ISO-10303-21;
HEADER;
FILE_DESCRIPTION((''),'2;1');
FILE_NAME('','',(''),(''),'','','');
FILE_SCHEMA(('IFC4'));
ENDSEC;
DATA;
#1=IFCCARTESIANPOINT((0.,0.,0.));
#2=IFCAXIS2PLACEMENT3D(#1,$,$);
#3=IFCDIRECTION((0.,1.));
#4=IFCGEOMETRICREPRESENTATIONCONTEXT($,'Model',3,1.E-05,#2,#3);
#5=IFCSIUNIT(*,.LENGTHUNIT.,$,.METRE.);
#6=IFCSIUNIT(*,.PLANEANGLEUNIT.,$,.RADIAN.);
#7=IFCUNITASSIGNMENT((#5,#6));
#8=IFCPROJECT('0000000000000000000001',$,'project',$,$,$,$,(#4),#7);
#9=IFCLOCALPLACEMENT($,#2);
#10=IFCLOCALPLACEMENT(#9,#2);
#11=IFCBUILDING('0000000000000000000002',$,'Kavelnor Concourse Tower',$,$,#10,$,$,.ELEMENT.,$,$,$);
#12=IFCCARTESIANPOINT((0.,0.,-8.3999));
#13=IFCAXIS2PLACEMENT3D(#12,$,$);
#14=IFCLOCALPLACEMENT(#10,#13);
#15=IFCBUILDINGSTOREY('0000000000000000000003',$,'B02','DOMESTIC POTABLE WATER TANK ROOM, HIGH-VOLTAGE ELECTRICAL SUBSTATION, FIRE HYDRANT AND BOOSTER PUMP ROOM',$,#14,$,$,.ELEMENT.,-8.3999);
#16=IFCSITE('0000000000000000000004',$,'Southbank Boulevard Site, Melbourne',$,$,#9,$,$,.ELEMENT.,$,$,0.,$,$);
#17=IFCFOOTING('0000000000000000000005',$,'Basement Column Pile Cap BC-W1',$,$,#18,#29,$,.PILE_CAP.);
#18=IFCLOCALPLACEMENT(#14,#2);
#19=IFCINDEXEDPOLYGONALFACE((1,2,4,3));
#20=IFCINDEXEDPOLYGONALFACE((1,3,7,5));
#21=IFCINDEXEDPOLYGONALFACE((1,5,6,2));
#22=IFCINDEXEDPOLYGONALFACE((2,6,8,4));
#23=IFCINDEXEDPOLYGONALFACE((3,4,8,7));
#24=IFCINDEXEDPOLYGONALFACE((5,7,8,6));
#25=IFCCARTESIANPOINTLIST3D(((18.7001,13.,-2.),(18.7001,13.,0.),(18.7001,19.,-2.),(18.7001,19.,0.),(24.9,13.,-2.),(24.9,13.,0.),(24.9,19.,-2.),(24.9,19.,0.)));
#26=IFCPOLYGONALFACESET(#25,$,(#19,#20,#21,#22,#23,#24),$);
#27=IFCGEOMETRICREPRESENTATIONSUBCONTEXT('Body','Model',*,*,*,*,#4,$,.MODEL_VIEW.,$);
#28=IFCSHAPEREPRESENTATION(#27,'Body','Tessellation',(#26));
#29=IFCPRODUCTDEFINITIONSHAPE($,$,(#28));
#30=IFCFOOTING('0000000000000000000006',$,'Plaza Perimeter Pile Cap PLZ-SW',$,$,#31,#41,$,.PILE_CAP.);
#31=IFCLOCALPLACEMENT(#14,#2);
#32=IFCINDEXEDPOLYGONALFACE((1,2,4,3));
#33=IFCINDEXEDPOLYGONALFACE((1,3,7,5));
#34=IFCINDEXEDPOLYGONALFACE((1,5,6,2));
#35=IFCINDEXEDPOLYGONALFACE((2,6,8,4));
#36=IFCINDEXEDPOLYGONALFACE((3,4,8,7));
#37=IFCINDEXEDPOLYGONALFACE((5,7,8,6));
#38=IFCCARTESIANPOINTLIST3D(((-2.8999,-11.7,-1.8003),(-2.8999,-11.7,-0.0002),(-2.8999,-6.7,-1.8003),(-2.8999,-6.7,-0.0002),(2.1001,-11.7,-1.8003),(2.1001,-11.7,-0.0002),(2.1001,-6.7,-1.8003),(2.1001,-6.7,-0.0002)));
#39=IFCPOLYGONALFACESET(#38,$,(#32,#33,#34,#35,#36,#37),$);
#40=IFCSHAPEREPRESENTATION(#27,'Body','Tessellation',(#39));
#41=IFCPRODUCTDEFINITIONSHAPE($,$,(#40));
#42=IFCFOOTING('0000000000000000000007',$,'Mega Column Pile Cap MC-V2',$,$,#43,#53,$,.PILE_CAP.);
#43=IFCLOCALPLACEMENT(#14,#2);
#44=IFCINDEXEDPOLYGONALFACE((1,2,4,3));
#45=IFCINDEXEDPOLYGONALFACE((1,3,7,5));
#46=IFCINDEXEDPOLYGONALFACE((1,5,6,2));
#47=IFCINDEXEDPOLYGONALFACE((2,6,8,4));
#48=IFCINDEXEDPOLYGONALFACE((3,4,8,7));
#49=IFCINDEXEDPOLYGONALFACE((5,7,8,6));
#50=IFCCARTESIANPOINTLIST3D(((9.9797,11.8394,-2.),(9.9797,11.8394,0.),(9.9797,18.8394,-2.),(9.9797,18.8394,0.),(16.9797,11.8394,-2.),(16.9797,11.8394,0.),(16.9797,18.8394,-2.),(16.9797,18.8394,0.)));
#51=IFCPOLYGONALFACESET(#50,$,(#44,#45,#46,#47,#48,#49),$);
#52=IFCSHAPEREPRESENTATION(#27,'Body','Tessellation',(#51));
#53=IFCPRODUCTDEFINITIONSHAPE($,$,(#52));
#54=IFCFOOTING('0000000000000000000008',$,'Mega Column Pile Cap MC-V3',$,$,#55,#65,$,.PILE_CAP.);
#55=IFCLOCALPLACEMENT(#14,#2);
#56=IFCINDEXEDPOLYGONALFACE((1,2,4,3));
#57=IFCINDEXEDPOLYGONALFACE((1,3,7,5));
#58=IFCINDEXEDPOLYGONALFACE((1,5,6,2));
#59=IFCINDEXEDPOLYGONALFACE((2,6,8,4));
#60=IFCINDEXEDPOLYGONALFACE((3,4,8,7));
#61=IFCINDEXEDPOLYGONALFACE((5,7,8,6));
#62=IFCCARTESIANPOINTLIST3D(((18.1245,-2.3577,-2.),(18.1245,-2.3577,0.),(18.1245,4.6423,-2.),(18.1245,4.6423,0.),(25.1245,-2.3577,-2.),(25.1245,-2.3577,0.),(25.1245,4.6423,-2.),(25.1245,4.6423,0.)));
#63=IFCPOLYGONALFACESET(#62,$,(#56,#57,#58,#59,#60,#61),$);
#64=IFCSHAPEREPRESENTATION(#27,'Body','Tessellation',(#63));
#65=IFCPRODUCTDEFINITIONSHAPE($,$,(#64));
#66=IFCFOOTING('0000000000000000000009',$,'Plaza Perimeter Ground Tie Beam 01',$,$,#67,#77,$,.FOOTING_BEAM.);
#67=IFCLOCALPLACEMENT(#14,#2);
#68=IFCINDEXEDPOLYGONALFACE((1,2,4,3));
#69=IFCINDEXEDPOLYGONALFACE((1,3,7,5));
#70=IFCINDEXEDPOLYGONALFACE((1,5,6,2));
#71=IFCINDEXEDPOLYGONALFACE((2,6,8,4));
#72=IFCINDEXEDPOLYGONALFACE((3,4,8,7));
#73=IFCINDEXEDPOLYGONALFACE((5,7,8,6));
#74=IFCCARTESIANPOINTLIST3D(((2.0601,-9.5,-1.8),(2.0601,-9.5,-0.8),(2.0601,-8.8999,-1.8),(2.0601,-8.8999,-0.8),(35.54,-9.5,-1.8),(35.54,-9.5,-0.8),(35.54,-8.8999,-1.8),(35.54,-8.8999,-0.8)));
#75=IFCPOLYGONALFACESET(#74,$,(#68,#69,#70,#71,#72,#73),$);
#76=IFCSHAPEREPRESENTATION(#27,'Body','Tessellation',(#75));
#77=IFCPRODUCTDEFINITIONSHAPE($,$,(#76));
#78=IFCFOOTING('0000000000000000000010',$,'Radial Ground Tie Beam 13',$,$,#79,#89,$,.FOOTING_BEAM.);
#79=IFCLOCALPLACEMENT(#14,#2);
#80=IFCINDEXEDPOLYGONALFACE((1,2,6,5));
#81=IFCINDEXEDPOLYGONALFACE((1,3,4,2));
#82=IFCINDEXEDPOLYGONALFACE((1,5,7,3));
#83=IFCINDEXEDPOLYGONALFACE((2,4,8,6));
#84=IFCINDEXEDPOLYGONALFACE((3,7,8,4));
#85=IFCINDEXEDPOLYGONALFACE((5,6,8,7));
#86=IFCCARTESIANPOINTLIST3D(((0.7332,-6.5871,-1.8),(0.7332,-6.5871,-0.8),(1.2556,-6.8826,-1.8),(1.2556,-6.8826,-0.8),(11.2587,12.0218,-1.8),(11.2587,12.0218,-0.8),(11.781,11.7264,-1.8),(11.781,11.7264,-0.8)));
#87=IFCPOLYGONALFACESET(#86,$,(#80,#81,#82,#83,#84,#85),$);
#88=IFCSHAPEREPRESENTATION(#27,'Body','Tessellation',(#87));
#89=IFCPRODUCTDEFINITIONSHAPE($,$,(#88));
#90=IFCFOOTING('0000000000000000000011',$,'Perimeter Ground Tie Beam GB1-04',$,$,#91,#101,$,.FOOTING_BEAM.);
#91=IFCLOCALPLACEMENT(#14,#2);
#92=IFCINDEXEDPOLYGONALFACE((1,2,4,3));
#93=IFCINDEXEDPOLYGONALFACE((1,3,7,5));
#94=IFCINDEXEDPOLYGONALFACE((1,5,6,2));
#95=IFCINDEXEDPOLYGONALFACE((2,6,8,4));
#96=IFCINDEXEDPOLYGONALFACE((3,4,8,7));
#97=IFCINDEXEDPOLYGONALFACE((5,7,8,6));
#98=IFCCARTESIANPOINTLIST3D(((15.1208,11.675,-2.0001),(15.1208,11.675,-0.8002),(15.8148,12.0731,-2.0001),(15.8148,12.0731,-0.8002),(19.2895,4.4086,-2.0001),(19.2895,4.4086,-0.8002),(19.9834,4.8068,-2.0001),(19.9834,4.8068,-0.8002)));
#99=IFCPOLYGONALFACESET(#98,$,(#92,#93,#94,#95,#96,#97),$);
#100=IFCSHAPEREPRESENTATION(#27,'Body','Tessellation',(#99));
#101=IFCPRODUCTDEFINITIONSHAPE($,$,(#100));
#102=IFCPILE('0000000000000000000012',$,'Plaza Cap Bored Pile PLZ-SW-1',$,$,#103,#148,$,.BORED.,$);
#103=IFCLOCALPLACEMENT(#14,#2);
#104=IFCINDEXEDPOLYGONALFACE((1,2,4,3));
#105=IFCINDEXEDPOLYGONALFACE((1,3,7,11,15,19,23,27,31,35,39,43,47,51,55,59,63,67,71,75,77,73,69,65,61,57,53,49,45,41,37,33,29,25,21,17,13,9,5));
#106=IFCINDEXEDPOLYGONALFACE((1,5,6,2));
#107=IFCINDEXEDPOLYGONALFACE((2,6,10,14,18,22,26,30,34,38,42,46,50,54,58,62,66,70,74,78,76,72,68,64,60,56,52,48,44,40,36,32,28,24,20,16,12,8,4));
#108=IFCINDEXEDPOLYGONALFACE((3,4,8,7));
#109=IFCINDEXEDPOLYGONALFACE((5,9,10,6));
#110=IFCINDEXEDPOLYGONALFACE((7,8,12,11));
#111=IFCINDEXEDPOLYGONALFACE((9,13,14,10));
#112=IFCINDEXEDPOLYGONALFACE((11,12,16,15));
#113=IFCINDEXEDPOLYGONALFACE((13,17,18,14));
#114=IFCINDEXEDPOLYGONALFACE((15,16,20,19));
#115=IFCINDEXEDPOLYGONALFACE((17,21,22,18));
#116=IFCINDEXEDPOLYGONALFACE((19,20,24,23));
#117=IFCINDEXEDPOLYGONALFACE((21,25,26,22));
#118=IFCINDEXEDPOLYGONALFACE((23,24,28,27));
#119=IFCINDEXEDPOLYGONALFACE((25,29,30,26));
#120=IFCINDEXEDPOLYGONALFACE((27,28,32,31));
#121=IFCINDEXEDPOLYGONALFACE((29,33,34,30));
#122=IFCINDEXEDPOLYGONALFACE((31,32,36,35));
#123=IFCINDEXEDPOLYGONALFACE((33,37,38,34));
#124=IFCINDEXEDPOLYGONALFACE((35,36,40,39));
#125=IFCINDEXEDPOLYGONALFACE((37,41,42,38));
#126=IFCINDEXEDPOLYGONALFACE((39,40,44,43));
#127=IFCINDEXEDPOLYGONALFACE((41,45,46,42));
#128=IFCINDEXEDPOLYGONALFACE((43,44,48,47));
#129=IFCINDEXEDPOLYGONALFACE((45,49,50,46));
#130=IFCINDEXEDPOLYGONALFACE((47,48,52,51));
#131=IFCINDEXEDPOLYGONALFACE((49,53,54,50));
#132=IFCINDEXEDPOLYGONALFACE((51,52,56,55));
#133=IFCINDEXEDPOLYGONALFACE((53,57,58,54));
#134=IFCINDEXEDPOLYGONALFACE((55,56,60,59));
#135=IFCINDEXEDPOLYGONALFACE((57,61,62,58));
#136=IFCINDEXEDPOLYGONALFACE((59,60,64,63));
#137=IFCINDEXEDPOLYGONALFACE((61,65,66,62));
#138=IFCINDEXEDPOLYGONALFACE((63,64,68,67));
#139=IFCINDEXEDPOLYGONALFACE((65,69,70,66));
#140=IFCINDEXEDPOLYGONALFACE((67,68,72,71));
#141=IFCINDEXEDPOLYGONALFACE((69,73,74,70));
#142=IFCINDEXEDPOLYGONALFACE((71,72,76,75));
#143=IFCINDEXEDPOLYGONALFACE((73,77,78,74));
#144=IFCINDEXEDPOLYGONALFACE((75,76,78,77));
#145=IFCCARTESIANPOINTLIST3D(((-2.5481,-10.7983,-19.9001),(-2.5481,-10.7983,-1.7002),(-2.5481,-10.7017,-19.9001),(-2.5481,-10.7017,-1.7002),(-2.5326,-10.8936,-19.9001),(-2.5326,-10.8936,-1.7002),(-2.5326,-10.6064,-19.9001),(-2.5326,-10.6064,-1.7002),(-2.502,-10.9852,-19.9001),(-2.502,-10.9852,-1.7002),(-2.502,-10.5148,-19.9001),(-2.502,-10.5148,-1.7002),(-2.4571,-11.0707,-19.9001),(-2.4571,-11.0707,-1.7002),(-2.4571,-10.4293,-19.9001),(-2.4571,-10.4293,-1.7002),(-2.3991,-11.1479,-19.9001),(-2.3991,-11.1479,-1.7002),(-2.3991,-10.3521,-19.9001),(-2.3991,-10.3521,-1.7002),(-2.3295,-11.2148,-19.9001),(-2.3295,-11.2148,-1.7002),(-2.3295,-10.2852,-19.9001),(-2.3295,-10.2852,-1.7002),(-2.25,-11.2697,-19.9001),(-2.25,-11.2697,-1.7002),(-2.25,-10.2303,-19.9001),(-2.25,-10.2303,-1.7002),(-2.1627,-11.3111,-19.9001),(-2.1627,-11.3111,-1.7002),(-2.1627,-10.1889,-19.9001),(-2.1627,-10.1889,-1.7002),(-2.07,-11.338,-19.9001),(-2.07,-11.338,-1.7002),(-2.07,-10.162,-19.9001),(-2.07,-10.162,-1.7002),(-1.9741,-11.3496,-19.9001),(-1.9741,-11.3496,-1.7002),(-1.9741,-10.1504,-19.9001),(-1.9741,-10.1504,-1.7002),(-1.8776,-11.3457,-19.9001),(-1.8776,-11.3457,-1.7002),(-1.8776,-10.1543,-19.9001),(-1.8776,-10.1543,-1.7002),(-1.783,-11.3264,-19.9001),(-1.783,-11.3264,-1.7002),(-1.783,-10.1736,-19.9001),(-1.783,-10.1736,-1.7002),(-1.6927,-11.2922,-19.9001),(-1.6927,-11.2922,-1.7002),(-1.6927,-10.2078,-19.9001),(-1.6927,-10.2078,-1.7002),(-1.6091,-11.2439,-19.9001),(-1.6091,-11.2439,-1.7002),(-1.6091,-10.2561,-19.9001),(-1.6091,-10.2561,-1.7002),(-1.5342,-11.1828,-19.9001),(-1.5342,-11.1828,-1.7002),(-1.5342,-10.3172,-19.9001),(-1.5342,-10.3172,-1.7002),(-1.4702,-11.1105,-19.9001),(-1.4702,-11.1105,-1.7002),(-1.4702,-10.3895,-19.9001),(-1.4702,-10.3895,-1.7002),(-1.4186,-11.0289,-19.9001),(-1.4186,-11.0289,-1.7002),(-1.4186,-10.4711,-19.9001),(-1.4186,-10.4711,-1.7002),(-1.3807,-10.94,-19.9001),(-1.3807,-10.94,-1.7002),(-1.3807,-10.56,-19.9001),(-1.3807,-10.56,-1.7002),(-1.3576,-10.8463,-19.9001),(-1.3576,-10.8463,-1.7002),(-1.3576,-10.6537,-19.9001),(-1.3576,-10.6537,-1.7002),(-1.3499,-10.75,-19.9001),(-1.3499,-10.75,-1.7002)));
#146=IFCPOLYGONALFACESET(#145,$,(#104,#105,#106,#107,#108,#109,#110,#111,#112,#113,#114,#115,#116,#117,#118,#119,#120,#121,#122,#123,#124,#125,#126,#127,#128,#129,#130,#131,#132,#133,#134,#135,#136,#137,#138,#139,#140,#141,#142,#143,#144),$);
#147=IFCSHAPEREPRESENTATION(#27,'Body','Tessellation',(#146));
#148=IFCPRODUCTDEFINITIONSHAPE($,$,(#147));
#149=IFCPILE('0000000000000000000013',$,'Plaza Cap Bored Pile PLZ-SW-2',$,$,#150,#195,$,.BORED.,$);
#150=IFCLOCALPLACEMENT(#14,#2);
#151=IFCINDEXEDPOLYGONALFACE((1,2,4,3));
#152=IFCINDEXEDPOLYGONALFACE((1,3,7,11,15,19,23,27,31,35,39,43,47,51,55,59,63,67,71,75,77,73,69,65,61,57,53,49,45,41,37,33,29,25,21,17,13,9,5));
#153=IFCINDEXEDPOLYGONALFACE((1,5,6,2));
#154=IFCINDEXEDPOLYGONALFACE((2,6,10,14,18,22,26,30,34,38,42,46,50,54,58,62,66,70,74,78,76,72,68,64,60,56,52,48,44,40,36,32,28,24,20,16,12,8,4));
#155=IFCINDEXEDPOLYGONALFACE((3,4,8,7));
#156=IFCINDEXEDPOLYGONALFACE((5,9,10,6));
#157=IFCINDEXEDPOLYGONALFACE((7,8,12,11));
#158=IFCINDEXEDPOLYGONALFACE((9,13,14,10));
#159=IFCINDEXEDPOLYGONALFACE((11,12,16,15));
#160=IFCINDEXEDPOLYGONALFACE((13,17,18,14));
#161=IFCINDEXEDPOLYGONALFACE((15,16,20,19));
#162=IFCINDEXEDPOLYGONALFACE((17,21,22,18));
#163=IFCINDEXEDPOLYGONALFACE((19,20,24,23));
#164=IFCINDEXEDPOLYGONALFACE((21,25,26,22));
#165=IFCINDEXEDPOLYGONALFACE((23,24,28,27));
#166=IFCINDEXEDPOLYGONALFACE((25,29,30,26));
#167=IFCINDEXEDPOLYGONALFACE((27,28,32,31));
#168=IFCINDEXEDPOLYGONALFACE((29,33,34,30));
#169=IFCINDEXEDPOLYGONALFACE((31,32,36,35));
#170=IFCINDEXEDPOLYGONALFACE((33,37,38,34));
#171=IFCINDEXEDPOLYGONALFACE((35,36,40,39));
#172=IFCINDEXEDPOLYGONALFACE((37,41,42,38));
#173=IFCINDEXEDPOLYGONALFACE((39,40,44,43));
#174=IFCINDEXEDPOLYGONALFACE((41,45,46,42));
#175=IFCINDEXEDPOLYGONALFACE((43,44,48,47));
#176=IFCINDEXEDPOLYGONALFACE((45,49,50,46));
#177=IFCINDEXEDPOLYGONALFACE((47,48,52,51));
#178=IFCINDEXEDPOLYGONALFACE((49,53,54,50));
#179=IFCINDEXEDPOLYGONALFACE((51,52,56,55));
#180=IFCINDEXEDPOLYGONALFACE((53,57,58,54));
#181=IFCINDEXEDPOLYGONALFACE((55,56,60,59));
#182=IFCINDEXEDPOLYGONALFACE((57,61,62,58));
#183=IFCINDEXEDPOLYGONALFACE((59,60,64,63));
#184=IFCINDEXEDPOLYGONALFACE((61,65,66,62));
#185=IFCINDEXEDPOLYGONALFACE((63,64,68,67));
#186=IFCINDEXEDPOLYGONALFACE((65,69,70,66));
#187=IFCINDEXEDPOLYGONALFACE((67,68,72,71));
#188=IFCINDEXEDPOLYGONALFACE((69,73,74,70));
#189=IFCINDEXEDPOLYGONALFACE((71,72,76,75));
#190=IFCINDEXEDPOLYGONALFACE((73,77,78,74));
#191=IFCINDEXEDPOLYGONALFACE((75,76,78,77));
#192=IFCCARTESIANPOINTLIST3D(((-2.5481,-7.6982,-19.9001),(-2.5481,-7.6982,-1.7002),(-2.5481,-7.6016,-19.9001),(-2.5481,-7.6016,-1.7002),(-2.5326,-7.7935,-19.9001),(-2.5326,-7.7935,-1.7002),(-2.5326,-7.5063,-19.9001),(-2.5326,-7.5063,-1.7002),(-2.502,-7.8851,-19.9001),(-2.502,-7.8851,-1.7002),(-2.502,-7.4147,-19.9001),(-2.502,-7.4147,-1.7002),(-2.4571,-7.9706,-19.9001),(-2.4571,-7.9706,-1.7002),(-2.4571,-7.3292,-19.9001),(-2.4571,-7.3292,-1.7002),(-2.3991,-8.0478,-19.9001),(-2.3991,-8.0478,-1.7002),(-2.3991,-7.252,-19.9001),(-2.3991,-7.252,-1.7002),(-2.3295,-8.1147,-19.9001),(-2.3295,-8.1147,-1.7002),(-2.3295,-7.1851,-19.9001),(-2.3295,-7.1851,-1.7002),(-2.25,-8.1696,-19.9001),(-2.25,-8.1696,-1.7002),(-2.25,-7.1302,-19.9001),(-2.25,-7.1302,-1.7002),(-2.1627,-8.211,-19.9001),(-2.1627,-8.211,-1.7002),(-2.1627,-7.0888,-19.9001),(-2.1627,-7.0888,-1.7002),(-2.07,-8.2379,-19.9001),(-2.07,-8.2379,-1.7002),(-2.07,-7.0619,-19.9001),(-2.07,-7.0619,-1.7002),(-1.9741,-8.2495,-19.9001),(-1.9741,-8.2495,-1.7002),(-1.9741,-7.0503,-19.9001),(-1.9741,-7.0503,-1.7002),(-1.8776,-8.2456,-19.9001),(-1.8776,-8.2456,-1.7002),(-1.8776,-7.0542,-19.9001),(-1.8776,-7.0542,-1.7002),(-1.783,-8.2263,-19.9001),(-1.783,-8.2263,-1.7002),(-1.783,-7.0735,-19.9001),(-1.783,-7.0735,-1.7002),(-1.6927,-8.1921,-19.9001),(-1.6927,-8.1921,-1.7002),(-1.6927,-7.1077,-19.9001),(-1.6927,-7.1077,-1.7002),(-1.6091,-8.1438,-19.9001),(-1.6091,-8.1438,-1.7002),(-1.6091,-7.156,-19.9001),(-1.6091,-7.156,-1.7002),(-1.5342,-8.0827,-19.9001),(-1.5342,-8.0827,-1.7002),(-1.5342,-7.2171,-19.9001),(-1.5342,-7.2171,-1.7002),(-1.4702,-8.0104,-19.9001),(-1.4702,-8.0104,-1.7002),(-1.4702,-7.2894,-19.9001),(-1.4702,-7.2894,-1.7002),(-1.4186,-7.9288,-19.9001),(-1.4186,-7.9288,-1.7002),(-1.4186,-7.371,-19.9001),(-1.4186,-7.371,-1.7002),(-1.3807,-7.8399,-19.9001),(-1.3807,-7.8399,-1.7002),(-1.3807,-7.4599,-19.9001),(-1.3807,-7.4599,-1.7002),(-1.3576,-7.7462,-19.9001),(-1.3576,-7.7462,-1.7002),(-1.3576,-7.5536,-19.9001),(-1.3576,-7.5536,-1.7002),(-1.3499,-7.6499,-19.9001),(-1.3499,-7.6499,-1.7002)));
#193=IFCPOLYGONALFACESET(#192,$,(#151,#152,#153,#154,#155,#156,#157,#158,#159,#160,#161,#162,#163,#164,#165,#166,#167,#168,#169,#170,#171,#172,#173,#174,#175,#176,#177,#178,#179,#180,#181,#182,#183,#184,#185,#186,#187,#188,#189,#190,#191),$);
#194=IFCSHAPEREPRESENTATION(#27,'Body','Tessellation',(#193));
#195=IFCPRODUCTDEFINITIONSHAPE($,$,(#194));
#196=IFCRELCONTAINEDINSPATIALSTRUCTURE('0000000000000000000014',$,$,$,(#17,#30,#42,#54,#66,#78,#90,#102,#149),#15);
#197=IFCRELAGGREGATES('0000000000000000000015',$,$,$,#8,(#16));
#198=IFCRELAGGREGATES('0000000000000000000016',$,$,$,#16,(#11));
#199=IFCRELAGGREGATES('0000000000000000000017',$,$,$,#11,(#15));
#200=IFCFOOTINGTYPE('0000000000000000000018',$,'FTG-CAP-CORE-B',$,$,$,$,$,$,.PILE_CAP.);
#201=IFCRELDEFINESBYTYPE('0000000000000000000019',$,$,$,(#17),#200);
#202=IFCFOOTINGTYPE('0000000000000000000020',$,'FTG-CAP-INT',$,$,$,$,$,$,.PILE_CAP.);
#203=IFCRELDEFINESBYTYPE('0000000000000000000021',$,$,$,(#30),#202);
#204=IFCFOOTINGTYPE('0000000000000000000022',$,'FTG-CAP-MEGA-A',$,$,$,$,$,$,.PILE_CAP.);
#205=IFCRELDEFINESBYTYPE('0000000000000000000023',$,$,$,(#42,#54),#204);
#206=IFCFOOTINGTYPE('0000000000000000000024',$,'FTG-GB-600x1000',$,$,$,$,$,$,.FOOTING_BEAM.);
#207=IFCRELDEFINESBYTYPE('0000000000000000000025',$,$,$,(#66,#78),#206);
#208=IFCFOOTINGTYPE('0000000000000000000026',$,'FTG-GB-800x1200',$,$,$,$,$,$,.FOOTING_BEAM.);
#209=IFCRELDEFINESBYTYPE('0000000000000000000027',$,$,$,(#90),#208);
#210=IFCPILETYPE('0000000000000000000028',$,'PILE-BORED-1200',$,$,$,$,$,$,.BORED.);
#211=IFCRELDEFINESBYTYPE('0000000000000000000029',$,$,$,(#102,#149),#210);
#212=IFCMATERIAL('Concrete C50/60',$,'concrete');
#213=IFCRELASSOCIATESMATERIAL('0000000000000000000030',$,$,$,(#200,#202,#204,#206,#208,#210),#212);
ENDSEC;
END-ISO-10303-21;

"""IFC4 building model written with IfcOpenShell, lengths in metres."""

from ifc_helpers import new_model, si_unit, direction, frame, origin, origin_2d, place, context, subcontext, project, spatial, rectangle, circle, extrude, material, material_profile, profile_set, type_object, element, save


model = new_model("IFC4")

# Units and contexts
model_context = context("Model", 3, precision=1e-05, world=origin(), true_north=direction((0.0, 1.0)))
body_context = subcontext(model_context, "Body", "Model", "MODEL_VIEW")
ifc_project = project(units=[si_unit("LENGTHUNIT", "METRE"), si_unit("PLANEANGLEUNIT", "RADIAN")], contexts=[model_context])

# Site, building, storey
site_placement = place(None, origin())
site = spatial("IfcSite", under=ifc_project, at=site_placement, Name="Southbank Boulevard Site, Melbourne", CompositionType="ELEMENT", RefElevation=0.0)
building_placement = place(site_placement, origin())
building = spatial("IfcBuilding", under=site, at=building_placement, Name="Kavelnor Concourse Tower", CompositionType="ELEMENT")
storey_placement = place(building_placement, frame((0.0, 0.0, -8.3999)))
storey = spatial("IfcBuildingStorey", under=building, at=storey_placement, Name="B02", Description="DOMESTIC POTABLE WATER TANK ROOM, HIGH-VOLTAGE ELECTRICAL SUBSTATION, FIRE HYDRANT AND BOOSTER PUMP ROOM", CompositionType="ELEMENT", Elevation=-8.3999)

# Footings
ifc_material_1 = material(Name="Concrete C50/60", Category="concrete")
footing_type_1 = type_object("IfcFootingType", Name="FTG-CAP-CORE-B", PredefinedType="PILE_CAP", material=ifc_material_1)
footing_1_placement = place(storey_placement, frame((21.8, 16.0, -2.0), z_axis=(0.0, 0.0, 1.0), x_axis=(1.0, 0.0, 0.0)))
element("IfcFooting", 1, at=footing_1_placement, inside=storey, type_object=footing_type_1, Name="Basement Column Pile Cap BC-W1", PredefinedType="PILE_CAP", context=body_context, shape_type="SweptSolid", body=[
    extrude(rectangle(XDim=6.2, YDim=6.0, at=origin_2d()), origin(), (0.0, 0.0, 1.0), 2.0),
])
footing_type_2 = type_object("IfcFootingType", Name="FTG-CAP-INT", PredefinedType="PILE_CAP", material=ifc_material_1)
footing_2_placement = place(storey_placement, frame((-0.3999, -9.2, -1.8003), z_axis=(0.0, 0.0, 1.0), x_axis=(1.0, 0.0, 0.0)))
element("IfcFooting", 2, at=footing_2_placement, inside=storey, type_object=footing_type_2, Name="Plaza Perimeter Pile Cap PLZ-SW", PredefinedType="PILE_CAP", context=body_context, shape_type="SweptSolid", body=[
    extrude(rectangle(XDim=5.0, YDim=5.0, at=origin_2d()), origin(), (0.0, 0.0, 1.0), 1.8),
])
footing_type_3 = type_object("IfcFootingType", Name="FTG-CAP-MEGA-A", PredefinedType="PILE_CAP", material=ifc_material_1)
for number, where, z_axis, x_axis, name in (
    (3, (13.4797, 15.3394, -2.0), (0.0, 0.0, 1.0), (1.0, 0.0, 0.0), "Mega Column Pile Cap MC-V2"),
    (4, (21.6245, 1.1423, -2.0), (0.0, 0.0, 1.0), (1.0, 0.0, 0.0), "Mega Column Pile Cap MC-V3"),
):
    element("IfcFooting", number, at=place(storey_placement, frame(where, z_axis=z_axis, x_axis=x_axis)), inside=storey, type_object=footing_type_3, Name=name, PredefinedType="PILE_CAP", context=body_context, shape_type="SweptSolid", body=[
        extrude(rectangle(XDim=7.0, YDim=7.0, at=origin_2d()), origin(), (0.0, 0.0, 1.0), 2.0),
    ])
ifc_material_profile_1 = material_profile(ifc_material_1, rectangle(XDim=0.6001, YDim=1.0, at=origin_2d()), Name="RC-GB 600x1000")
ifc_profile_set_1 = profile_set([ifc_material_profile_1], Name="Concrete C50/60")
footing_type_4 = type_object("IfcFootingType", Name="FTG-GB-600x1000", PredefinedType="FOOTING_BEAM", material=ifc_profile_set_1)
footing_3_placement = place(storey_placement, frame((2.0601, -9.2, -1.3), z_axis=(1.0, 0.0, 0.0), x_axis=(0.0, 1.0, 0.0)))
element("IfcFooting", 5, at=footing_3_placement, inside=storey, type_object=footing_type_4, Name="Plaza Perimeter Ground Tie Beam 01", PredefinedType="FOOTING_BEAM", context=body_context, shape_type="SweptSolid", body=[
    extrude(rectangle(XDim=0.6001, YDim=1.0, at=origin_2d()), origin(), (0.0, 0.0, 1.0), 33.48),
])
footing_4_placement = place(storey_placement, frame((0.9944, -6.7349, -1.3), z_axis=(0.492317, 0.870416, 0.0), x_axis=(-0.870416, 0.492317, 0.0)))
element("IfcFooting", 6, at=footing_4_placement, inside=storey, type_object=footing_type_4, Name="Radial Ground Tie Beam 13", PredefinedType="FOOTING_BEAM", context=body_context, shape_type="SweptSolid", body=[
    extrude(rectangle(XDim=0.6001, YDim=1.0, at=origin_2d()), origin(), (0.0, 0.0, 1.0), 21.3794),
])
ifc_material_profile_2 = material_profile(ifc_material_1, rectangle(XDim=0.8, YDim=1.2, at=origin_2d()), Name="RC-GB 800x1200")
ifc_profile_set_2 = profile_set([ifc_material_profile_2], Name="Concrete C50/60")
footing_type_5 = type_object("IfcFootingType", Name="FTG-GB-800x1200", PredefinedType="FOOTING_BEAM", material=ifc_profile_set_2)
footing_5_placement = place(storey_placement, frame((15.4678, 11.874, -1.4001), z_axis=(0.497623, -0.867394, 0.0), x_axis=(0.867394, 0.497623, 0.0)))
element("IfcFooting", 7, at=footing_5_placement, inside=storey, type_object=footing_type_5, Name="Perimeter Ground Tie Beam GB1-04", PredefinedType="FOOTING_BEAM", context=body_context, shape_type="SweptSolid", body=[
    extrude(rectangle(XDim=0.8, YDim=1.2, at=origin_2d()), origin(), (0.0, 0.0, 1.0), 8.3772),
])

# Piles
ifc_material_profile_3 = material_profile(ifc_material_1, circle(Radius=0.6001, at=origin_2d()), Name="PILE-D1200")
ifc_profile_set_3 = profile_set([ifc_material_profile_3], Name="Concrete C50/60")
pile_type_1 = type_object("IfcPileType", Name="PILE-BORED-1200", PredefinedType="BORED", material=ifc_profile_set_3)
for number, where, z_axis, x_axis, name in (
    (8, (-1.95, -10.75, -1.7002), (0.0, 0.0, -1.0), (1.0, 0.0, 0.0), "Plaza Cap Bored Pile PLZ-SW-1"),
    (9, (-1.95, -7.6499, -1.7002), (0.0, 0.0, -1.0), (1.0, 0.0, 0.0), "Plaza Cap Bored Pile PLZ-SW-2"),
):
    element("IfcPile", number, at=place(storey_placement, frame(where, z_axis=z_axis, x_axis=x_axis)), inside=storey, type_object=pile_type_1, Name=name, PredefinedType="BORED", context=body_context, shape_type="SweptSolid", body=[
        extrude(circle(Radius=0.6001, at=origin_2d()), origin(), (0.0, 0.0, 1.0), 18.2),
    ])

save(model, "model.ifc")
